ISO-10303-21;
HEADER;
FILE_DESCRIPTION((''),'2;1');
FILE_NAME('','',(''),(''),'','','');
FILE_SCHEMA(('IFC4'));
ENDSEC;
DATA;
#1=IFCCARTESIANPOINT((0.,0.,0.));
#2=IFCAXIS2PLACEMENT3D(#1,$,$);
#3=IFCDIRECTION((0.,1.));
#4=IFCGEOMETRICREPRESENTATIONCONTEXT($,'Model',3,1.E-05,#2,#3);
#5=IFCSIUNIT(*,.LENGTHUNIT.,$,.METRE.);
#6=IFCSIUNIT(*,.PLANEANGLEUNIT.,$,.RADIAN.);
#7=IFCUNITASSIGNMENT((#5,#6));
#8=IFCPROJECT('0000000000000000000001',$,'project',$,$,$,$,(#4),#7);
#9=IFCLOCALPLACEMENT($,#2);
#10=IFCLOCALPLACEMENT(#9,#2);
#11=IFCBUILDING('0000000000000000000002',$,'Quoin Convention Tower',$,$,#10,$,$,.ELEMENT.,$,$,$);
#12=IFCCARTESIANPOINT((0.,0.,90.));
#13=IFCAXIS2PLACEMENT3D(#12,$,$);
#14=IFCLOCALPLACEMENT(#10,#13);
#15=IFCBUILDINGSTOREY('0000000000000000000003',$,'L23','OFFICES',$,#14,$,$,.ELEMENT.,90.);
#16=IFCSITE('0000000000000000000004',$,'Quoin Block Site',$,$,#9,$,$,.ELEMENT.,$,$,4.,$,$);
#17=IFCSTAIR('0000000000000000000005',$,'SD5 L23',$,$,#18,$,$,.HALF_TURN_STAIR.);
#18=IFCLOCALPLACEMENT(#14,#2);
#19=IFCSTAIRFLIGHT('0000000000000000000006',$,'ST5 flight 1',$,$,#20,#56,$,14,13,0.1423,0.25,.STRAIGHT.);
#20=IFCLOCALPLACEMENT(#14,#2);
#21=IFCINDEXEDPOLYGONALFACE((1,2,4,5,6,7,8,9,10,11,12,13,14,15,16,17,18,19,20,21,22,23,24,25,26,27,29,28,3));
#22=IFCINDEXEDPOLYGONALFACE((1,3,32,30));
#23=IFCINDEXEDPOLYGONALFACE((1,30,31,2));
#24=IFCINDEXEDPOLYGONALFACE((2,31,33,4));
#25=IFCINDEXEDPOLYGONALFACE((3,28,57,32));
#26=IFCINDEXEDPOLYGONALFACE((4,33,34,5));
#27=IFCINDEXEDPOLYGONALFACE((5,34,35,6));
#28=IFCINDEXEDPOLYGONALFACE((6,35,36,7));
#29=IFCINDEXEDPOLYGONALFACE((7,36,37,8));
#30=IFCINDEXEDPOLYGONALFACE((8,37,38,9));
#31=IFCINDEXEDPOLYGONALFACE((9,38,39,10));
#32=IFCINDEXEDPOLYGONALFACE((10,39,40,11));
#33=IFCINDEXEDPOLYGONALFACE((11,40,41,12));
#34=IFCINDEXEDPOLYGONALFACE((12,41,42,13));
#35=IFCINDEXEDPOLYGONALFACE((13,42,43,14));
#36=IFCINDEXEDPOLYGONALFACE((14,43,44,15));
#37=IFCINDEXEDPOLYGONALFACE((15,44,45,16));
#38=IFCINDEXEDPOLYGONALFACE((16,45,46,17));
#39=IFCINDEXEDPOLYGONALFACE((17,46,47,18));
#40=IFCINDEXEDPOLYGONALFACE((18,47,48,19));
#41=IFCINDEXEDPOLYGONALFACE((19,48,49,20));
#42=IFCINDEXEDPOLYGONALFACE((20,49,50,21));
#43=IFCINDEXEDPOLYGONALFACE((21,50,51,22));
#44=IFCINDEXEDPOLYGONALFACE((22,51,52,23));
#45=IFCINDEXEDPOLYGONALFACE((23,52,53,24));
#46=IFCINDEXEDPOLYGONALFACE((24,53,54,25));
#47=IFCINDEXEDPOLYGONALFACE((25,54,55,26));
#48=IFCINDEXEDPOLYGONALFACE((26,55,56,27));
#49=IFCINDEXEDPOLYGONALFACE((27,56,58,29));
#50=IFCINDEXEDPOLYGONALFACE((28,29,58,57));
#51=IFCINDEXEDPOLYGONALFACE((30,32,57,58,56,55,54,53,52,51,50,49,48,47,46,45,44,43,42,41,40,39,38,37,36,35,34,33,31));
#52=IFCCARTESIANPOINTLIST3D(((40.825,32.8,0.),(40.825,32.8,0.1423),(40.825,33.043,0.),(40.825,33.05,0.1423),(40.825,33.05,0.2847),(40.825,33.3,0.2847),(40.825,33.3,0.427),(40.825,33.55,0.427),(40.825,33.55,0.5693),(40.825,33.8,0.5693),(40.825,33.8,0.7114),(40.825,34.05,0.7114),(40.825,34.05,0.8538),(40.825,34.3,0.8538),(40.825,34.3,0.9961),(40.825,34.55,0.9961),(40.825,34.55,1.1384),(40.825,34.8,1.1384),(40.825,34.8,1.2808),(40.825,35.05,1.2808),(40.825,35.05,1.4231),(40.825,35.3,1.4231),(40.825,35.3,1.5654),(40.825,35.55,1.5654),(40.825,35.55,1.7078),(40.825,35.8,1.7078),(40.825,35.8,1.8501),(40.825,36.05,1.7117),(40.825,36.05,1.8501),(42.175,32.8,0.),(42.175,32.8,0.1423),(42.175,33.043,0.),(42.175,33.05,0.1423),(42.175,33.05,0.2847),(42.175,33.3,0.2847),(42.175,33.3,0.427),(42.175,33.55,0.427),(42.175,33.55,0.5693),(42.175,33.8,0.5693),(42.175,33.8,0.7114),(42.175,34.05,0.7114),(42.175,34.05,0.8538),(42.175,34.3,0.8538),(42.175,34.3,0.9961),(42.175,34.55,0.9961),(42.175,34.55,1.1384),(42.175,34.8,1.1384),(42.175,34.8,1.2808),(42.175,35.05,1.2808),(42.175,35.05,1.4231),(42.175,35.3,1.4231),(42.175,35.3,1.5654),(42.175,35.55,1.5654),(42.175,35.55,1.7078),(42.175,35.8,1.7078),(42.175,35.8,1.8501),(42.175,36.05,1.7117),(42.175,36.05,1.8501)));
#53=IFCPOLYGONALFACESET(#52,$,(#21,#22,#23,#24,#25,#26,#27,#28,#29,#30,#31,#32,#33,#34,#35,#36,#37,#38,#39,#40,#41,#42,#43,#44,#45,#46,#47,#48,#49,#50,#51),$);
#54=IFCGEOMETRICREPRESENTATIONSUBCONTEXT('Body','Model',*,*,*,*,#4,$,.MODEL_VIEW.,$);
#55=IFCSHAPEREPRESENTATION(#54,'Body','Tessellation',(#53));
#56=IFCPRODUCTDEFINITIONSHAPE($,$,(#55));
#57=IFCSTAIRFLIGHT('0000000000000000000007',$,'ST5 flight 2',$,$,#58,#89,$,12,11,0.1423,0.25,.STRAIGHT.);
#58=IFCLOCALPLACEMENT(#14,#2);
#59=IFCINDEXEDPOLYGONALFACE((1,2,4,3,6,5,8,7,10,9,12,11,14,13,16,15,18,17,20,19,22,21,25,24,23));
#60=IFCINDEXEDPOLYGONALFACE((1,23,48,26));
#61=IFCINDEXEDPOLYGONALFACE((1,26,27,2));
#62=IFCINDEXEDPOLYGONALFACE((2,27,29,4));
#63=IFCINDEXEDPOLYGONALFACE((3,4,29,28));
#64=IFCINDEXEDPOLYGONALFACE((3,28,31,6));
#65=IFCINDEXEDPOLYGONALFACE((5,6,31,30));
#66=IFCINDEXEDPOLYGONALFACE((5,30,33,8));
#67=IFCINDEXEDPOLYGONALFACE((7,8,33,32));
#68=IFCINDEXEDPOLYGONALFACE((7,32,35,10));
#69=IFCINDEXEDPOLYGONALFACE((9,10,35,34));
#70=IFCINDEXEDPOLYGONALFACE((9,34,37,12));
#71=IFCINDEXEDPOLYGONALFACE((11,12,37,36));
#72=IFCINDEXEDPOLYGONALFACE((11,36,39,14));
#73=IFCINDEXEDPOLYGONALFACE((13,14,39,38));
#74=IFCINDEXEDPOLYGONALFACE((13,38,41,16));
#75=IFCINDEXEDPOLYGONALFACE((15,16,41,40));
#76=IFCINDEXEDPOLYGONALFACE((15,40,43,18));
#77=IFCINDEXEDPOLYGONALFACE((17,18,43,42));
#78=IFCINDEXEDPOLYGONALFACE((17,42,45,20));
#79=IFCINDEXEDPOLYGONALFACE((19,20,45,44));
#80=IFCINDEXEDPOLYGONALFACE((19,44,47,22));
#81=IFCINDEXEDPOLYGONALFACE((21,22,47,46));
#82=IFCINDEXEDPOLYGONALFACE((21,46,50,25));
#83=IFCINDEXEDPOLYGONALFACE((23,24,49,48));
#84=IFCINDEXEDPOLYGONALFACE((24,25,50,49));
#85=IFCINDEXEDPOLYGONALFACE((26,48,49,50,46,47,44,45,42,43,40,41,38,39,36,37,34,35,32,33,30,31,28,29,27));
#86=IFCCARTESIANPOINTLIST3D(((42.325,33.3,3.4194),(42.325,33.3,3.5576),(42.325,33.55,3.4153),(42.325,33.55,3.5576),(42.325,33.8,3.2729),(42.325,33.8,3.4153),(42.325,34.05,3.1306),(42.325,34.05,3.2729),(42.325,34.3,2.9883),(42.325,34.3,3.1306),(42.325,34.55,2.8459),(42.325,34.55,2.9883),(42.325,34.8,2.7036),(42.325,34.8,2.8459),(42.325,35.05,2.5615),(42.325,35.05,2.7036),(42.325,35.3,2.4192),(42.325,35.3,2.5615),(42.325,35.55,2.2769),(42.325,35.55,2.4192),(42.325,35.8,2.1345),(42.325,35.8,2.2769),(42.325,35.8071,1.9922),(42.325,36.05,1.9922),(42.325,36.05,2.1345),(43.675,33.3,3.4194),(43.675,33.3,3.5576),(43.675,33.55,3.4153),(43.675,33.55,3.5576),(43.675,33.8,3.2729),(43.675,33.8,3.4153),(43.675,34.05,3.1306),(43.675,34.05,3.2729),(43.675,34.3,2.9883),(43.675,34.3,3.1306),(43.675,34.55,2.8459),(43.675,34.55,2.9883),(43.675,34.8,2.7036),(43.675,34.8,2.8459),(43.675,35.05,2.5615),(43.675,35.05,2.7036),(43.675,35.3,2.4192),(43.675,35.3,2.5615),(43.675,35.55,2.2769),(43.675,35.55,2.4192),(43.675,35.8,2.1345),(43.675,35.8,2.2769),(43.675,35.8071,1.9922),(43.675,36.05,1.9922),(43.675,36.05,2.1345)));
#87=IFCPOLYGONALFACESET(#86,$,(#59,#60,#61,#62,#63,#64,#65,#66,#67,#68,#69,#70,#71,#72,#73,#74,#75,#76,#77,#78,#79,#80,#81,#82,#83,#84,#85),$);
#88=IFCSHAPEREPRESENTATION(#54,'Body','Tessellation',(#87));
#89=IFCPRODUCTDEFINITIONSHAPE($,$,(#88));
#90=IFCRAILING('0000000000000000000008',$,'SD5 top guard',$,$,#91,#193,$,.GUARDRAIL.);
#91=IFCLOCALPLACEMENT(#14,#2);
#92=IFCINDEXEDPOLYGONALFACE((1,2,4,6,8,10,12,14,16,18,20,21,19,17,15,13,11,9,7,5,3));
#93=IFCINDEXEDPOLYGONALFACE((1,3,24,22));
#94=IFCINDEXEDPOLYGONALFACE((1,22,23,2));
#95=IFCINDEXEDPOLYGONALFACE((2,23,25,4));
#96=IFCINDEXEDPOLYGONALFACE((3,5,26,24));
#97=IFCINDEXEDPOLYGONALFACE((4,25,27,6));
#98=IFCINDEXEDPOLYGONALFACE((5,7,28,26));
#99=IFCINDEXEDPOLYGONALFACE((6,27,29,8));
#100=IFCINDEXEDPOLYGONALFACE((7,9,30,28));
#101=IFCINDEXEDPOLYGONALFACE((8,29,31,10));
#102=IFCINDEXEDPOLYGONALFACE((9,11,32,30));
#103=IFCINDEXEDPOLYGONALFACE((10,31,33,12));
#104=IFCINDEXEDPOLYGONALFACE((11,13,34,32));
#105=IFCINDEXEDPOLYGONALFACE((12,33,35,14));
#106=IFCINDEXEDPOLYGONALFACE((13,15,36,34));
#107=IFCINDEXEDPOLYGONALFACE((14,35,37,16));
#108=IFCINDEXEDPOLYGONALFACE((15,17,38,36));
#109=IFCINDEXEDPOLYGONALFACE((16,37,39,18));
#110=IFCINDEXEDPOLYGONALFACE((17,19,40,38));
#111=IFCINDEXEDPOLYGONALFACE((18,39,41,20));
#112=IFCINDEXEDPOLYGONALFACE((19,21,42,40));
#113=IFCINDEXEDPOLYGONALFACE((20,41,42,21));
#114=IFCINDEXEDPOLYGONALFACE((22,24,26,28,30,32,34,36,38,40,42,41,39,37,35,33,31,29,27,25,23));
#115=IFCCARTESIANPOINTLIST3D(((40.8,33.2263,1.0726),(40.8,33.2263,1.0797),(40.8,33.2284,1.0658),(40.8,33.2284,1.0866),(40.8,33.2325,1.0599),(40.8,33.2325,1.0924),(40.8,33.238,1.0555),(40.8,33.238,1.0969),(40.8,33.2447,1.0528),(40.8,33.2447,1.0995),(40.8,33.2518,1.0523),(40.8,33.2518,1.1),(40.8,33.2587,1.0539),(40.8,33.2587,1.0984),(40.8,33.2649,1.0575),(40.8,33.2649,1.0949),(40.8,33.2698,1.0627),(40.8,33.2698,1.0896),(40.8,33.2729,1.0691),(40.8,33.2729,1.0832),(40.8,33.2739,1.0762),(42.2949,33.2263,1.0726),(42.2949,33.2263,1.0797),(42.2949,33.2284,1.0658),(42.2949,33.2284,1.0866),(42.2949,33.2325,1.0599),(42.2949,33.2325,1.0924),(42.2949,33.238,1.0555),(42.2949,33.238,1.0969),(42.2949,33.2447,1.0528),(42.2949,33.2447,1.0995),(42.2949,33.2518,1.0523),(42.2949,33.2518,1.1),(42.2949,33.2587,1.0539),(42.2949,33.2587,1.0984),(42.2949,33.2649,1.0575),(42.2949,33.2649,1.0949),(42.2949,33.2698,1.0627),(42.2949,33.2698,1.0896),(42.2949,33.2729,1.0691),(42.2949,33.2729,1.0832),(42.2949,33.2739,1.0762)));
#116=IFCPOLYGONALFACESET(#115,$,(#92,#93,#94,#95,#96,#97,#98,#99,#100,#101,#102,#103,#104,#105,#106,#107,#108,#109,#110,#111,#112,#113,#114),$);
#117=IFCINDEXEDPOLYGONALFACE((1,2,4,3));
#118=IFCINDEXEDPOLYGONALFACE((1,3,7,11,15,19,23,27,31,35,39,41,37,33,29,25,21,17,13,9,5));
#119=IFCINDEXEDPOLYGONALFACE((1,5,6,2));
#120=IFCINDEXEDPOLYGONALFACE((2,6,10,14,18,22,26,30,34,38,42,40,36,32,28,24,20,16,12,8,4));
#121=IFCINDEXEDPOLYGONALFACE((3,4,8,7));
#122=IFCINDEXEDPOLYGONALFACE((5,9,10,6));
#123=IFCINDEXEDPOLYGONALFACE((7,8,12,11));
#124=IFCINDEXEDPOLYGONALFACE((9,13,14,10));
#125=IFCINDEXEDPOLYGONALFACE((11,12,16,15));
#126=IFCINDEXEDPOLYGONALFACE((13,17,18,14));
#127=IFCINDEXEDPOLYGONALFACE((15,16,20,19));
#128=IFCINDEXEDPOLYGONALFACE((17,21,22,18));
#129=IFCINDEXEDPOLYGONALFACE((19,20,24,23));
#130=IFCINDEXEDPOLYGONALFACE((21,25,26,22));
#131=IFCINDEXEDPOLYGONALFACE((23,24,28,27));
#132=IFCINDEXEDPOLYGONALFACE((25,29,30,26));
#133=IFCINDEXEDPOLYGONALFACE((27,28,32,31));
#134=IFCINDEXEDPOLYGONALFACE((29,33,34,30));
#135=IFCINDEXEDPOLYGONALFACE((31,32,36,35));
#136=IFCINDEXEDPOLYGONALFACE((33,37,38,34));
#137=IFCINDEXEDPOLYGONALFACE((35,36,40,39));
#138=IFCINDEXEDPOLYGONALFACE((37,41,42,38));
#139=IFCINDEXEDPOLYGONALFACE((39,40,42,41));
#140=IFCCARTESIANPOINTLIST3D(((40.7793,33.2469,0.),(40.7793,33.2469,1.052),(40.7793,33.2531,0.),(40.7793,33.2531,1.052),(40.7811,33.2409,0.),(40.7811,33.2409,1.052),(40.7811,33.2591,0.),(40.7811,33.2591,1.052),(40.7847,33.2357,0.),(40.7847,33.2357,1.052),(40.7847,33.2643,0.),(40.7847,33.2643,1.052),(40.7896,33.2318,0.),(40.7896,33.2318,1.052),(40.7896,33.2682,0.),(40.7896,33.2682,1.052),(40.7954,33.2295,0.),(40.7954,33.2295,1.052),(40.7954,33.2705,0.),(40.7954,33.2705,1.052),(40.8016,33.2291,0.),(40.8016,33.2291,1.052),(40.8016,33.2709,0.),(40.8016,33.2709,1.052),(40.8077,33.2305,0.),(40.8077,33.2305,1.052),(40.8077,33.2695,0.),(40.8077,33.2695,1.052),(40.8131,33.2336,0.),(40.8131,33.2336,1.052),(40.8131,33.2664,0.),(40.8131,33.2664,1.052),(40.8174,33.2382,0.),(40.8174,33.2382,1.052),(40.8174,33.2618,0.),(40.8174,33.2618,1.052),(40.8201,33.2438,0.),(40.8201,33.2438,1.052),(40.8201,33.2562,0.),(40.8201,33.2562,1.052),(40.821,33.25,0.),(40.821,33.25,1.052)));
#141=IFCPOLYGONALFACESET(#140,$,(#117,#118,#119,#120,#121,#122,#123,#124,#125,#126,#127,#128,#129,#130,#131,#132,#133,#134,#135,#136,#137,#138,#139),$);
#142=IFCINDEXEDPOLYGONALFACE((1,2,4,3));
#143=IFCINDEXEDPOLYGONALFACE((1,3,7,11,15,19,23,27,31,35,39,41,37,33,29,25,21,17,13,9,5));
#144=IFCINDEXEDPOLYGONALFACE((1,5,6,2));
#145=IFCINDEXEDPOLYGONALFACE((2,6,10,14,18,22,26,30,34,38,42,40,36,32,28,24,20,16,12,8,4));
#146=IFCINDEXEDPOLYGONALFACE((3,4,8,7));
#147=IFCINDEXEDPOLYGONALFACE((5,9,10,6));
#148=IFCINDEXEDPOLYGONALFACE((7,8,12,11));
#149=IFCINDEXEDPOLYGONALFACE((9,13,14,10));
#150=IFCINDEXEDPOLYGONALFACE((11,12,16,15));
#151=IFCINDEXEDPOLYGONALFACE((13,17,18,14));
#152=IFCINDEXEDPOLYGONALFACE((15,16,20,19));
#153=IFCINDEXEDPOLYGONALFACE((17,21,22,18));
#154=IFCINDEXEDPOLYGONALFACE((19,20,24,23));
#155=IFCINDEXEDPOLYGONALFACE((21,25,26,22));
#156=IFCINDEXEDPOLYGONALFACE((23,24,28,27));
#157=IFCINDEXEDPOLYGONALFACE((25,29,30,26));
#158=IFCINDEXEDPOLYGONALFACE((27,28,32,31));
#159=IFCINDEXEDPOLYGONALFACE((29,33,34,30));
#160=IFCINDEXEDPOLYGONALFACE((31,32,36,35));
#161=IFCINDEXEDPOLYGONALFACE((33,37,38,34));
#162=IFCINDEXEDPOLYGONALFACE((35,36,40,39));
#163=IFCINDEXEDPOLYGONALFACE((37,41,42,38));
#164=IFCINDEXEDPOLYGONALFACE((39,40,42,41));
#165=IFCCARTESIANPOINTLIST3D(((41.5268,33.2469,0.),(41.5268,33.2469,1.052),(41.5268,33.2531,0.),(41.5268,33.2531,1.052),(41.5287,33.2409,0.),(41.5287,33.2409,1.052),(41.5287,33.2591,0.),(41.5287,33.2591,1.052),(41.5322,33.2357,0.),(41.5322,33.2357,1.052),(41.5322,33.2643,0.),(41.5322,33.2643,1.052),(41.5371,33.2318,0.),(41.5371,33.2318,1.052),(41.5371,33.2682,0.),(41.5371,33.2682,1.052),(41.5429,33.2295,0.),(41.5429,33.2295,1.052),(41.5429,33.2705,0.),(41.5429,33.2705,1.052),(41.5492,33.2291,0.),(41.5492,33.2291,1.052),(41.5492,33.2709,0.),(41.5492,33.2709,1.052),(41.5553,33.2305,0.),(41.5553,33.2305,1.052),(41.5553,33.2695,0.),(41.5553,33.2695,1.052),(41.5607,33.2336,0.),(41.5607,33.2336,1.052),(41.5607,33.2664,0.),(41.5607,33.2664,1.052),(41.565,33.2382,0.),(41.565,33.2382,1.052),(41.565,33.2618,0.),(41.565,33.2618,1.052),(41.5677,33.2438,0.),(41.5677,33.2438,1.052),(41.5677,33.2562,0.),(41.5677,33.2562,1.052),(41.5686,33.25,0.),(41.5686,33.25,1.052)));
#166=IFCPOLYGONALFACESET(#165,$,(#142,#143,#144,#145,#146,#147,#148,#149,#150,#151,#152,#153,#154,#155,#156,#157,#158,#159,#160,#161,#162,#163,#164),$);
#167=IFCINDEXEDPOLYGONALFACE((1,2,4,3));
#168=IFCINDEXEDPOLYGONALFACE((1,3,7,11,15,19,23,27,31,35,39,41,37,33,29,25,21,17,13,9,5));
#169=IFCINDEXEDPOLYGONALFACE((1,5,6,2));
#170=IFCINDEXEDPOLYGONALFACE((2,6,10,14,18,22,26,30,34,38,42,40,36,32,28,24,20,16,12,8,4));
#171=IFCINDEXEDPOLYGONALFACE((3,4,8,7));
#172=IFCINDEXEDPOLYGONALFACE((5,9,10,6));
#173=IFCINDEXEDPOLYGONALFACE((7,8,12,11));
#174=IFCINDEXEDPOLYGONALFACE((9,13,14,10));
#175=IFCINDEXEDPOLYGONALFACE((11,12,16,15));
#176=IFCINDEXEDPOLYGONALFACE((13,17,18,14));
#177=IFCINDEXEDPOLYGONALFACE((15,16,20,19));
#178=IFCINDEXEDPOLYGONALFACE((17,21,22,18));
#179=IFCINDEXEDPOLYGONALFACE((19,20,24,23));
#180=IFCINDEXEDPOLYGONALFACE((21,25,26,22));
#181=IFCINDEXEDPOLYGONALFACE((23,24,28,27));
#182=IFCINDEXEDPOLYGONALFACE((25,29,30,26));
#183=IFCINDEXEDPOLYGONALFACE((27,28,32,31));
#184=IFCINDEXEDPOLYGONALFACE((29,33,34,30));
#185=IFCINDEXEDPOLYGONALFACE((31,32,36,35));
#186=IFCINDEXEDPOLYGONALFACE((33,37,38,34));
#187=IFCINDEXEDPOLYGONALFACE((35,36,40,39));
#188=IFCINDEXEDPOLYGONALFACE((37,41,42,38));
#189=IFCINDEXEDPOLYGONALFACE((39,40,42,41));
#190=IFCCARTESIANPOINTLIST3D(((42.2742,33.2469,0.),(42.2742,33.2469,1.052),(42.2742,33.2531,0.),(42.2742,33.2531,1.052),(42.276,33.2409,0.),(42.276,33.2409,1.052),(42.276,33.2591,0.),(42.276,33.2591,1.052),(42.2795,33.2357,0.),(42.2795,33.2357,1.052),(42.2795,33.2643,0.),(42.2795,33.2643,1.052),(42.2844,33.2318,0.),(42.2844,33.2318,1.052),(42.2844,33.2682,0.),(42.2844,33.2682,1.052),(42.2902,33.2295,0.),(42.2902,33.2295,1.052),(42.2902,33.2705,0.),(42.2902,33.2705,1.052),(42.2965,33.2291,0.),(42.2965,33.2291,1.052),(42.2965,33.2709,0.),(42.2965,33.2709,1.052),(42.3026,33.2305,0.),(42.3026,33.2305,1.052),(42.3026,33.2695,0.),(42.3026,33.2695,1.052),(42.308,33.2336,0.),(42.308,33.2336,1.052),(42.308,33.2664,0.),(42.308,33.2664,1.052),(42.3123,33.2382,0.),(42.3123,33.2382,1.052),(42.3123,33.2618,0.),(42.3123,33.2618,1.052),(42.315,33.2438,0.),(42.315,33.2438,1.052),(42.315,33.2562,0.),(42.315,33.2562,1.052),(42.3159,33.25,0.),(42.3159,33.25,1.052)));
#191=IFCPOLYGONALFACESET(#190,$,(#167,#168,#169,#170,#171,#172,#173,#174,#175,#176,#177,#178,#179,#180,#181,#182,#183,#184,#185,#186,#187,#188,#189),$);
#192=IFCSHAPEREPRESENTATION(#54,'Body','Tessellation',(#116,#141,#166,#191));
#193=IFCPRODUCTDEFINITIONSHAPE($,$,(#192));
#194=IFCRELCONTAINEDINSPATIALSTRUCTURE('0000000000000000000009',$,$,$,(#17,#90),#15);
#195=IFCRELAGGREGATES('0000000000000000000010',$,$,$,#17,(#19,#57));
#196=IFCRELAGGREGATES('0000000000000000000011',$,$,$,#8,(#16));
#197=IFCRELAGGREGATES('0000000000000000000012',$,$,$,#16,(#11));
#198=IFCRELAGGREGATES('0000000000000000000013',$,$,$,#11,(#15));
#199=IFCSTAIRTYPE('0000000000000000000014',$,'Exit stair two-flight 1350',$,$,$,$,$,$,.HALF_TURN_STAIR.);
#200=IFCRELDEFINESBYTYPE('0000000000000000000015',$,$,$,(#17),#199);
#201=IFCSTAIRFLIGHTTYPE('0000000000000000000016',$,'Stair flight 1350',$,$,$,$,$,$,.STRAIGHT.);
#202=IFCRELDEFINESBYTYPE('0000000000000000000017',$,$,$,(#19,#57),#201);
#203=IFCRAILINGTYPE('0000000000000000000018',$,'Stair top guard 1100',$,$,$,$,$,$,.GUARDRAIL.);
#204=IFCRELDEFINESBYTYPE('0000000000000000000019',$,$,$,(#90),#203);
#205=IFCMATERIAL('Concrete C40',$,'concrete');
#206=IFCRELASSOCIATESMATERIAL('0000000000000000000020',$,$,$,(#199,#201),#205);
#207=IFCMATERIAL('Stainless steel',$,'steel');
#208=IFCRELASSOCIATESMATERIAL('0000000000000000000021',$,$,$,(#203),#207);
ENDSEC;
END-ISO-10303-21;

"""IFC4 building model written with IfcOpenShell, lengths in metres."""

from ifc_helpers import new_model, si_unit, direction, frame, origin, origin_2d, place, context, subcontext, project, spatial, polyline, circle, outline, extrude, material, type_object, element, aggregate, save


model = new_model("IFC4")

# Units and contexts
model_context = context("Model", 3, precision=1e-05, world=origin(), true_north=direction((0.0, 1.0)))
body_context = subcontext(model_context, "Body", "Model", "MODEL_VIEW")
ifc_project = project(units=[si_unit("LENGTHUNIT", "METRE"), si_unit("PLANEANGLEUNIT", "RADIAN")], contexts=[model_context])

# Site, building, storey
site_placement = place(None, origin())
site = spatial("IfcSite", under=ifc_project, at=site_placement, Name="Quoin Block Site", CompositionType="ELEMENT", RefElevation=4.0)
building_placement = place(site_placement, origin())
building = spatial("IfcBuilding", under=site, at=building_placement, Name="Quoin Convention Tower", CompositionType="ELEMENT")
storey_placement = place(building_placement, frame((0.0, 0.0, 90.0)))
storey = spatial("IfcBuildingStorey", under=building, at=storey_placement, Name="L23", Description="OFFICES", CompositionType="ELEMENT", Elevation=90.0)

# Stair, stair flights
ifc_material_1 = material(Name="Concrete C40", Category="concrete")
stair_type = type_object("IfcStairType", Name="Exit stair two-flight 1350", PredefinedType="HALF_TURN_STAIR", material=ifc_material_1)
stair_placement = place(storey_placement, origin())
stair = element("IfcStair", 1, at=stair_placement, inside=storey, type_object=stair_type, Name="SD5 L23", PredefinedType="HALF_TURN_STAIR")
stair_flight_type = type_object("IfcStairFlightType", Name="Stair flight 1350", PredefinedType="STRAIGHT", material=ifc_material_1)
stair_flight_1_placement = place(storey_placement, frame((41.5, 32.8, 0.0), z_axis=(0.0, 0.0, 1.0), x_axis=(0.0, 1.0, 0.0)))
stair_flight_1 = element("IfcStairFlight", 2, at=stair_flight_1_placement, type_object=stair_flight_type, Name="ST5 flight 1", NumberOfRisers=14, NumberOfTreads=13, PredefinedType="STRAIGHT", RiserHeight=0.1423, TreadLength=0.25, context=body_context, shape_type="SweptSolid", body=[
    extrude(outline(polyline([(0.0, 0.0), (0.0, 0.1423), (0.25, 0.1423), (0.25, 0.2847), (0.5, 0.2847), (0.5, 0.427), (0.75, 0.427), (0.75, 0.5693), (1.0, 0.5693), (1.0, 0.7114), (1.25, 0.7114), (1.25, 0.8538), (1.5, 0.8538), (1.5, 0.9961), (1.75, 0.9961), (1.75, 1.1384), (2.0, 1.1384), (2.0, 1.2808), (2.25, 1.2808), (2.25, 1.4231), (2.5, 1.4231), (2.5, 1.5654), (2.75, 1.5654), (2.75, 1.7078), (3.0, 1.7078), (3.0, 1.8501), (3.25, 1.8501), (3.25, 1.9922), (3.25, 1.7117), (0.2429, 0.0), (0.0, 0.0)])), frame((0.0, 0.675, 0.0), z_axis=(0.0, -1.0, 0.0), x_axis=(1.0, 0.0, 0.0)), (0.0, 0.0, 1.0), 1.3501),
])
stair_flight_2_placement = place(storey_placement, frame((43.0, 36.05, 1.9922), z_axis=(0.0, 0.0, 1.0), x_axis=(0.0, -1.0, 0.0)))
stair_flight_2 = element("IfcStairFlight", 3, at=stair_flight_2_placement, type_object=stair_flight_type, Name="ST5 flight 2", NumberOfRisers=12, NumberOfTreads=11, PredefinedType="STRAIGHT", RiserHeight=0.1423, TreadLength=0.25, context=body_context, shape_type="SweptSolid", body=[
    extrude(outline(polyline([(0.0, 0.0), (0.0, 0.1423), (0.25, 0.1423), (0.25, 0.2847), (0.5, 0.2847), (0.5, 0.427), (0.75, 0.427), (0.75, 0.5693), (1.0, 0.5693), (1.0, 0.7114), (1.25, 0.7114), (1.25, 0.8538), (1.5, 0.8538), (1.5, 0.9961), (1.75, 0.9961), (1.75, 1.1384), (2.0, 1.1384), (2.0, 1.2808), (2.25, 1.2808), (2.25, 1.4231), (2.5, 1.4231), (2.5, 1.5654), (2.75, 1.5654), (2.75, 1.7078), (2.75, 1.4272), (0.2429, 0.0), (0.0, 0.0)])), frame((0.0, 0.675, 0.0), z_axis=(0.0, -1.0, 0.0), x_axis=(1.0, 0.0, 0.0)), (0.0, 0.0, 1.0), 1.3501),
])
aggregate(stair, [stair_flight_1, stair_flight_2])

# Railing
ifc_material_2 = material(Name="Stainless steel", Category="steel")
railing_type_1 = type_object("IfcRailingType", Name="Stair top guard 1100", PredefinedType="GUARDRAIL", material=ifc_material_2)
railing_1_placement = place(storey_placement, frame((40.8, 33.25, 0.0)))
element("IfcRailing", 4, at=railing_1_placement, inside=storey, type_object=railing_type_1, Name="SD5 top guard", PredefinedType="GUARDRAIL", context=body_context, shape_type="SweptSolid", body=[
    extrude(circle(Radius=0.0239, at=origin_2d()), frame((0.0, 0.0, 1.0762), z_axis=(1.0, 0.0, 0.0), x_axis=(0.0, 1.0, 0.0)), (0.0, 0.0, 1.0), 1.4949),
    extrude(circle(Radius=0.021, at=origin_2d()), origin(), (0.0, 0.0, 1.0), 1.052),
    extrude(circle(Radius=0.021, at=origin_2d()), frame((0.7476, 0.0, 0.0)), (0.0, 0.0, 1.0), 1.052),
    extrude(circle(Radius=0.021, at=origin_2d()), frame((1.4949, 0.0, 0.0)), (0.0, 0.0, 1.0), 1.052),
])

save(model, "model.ifc")
